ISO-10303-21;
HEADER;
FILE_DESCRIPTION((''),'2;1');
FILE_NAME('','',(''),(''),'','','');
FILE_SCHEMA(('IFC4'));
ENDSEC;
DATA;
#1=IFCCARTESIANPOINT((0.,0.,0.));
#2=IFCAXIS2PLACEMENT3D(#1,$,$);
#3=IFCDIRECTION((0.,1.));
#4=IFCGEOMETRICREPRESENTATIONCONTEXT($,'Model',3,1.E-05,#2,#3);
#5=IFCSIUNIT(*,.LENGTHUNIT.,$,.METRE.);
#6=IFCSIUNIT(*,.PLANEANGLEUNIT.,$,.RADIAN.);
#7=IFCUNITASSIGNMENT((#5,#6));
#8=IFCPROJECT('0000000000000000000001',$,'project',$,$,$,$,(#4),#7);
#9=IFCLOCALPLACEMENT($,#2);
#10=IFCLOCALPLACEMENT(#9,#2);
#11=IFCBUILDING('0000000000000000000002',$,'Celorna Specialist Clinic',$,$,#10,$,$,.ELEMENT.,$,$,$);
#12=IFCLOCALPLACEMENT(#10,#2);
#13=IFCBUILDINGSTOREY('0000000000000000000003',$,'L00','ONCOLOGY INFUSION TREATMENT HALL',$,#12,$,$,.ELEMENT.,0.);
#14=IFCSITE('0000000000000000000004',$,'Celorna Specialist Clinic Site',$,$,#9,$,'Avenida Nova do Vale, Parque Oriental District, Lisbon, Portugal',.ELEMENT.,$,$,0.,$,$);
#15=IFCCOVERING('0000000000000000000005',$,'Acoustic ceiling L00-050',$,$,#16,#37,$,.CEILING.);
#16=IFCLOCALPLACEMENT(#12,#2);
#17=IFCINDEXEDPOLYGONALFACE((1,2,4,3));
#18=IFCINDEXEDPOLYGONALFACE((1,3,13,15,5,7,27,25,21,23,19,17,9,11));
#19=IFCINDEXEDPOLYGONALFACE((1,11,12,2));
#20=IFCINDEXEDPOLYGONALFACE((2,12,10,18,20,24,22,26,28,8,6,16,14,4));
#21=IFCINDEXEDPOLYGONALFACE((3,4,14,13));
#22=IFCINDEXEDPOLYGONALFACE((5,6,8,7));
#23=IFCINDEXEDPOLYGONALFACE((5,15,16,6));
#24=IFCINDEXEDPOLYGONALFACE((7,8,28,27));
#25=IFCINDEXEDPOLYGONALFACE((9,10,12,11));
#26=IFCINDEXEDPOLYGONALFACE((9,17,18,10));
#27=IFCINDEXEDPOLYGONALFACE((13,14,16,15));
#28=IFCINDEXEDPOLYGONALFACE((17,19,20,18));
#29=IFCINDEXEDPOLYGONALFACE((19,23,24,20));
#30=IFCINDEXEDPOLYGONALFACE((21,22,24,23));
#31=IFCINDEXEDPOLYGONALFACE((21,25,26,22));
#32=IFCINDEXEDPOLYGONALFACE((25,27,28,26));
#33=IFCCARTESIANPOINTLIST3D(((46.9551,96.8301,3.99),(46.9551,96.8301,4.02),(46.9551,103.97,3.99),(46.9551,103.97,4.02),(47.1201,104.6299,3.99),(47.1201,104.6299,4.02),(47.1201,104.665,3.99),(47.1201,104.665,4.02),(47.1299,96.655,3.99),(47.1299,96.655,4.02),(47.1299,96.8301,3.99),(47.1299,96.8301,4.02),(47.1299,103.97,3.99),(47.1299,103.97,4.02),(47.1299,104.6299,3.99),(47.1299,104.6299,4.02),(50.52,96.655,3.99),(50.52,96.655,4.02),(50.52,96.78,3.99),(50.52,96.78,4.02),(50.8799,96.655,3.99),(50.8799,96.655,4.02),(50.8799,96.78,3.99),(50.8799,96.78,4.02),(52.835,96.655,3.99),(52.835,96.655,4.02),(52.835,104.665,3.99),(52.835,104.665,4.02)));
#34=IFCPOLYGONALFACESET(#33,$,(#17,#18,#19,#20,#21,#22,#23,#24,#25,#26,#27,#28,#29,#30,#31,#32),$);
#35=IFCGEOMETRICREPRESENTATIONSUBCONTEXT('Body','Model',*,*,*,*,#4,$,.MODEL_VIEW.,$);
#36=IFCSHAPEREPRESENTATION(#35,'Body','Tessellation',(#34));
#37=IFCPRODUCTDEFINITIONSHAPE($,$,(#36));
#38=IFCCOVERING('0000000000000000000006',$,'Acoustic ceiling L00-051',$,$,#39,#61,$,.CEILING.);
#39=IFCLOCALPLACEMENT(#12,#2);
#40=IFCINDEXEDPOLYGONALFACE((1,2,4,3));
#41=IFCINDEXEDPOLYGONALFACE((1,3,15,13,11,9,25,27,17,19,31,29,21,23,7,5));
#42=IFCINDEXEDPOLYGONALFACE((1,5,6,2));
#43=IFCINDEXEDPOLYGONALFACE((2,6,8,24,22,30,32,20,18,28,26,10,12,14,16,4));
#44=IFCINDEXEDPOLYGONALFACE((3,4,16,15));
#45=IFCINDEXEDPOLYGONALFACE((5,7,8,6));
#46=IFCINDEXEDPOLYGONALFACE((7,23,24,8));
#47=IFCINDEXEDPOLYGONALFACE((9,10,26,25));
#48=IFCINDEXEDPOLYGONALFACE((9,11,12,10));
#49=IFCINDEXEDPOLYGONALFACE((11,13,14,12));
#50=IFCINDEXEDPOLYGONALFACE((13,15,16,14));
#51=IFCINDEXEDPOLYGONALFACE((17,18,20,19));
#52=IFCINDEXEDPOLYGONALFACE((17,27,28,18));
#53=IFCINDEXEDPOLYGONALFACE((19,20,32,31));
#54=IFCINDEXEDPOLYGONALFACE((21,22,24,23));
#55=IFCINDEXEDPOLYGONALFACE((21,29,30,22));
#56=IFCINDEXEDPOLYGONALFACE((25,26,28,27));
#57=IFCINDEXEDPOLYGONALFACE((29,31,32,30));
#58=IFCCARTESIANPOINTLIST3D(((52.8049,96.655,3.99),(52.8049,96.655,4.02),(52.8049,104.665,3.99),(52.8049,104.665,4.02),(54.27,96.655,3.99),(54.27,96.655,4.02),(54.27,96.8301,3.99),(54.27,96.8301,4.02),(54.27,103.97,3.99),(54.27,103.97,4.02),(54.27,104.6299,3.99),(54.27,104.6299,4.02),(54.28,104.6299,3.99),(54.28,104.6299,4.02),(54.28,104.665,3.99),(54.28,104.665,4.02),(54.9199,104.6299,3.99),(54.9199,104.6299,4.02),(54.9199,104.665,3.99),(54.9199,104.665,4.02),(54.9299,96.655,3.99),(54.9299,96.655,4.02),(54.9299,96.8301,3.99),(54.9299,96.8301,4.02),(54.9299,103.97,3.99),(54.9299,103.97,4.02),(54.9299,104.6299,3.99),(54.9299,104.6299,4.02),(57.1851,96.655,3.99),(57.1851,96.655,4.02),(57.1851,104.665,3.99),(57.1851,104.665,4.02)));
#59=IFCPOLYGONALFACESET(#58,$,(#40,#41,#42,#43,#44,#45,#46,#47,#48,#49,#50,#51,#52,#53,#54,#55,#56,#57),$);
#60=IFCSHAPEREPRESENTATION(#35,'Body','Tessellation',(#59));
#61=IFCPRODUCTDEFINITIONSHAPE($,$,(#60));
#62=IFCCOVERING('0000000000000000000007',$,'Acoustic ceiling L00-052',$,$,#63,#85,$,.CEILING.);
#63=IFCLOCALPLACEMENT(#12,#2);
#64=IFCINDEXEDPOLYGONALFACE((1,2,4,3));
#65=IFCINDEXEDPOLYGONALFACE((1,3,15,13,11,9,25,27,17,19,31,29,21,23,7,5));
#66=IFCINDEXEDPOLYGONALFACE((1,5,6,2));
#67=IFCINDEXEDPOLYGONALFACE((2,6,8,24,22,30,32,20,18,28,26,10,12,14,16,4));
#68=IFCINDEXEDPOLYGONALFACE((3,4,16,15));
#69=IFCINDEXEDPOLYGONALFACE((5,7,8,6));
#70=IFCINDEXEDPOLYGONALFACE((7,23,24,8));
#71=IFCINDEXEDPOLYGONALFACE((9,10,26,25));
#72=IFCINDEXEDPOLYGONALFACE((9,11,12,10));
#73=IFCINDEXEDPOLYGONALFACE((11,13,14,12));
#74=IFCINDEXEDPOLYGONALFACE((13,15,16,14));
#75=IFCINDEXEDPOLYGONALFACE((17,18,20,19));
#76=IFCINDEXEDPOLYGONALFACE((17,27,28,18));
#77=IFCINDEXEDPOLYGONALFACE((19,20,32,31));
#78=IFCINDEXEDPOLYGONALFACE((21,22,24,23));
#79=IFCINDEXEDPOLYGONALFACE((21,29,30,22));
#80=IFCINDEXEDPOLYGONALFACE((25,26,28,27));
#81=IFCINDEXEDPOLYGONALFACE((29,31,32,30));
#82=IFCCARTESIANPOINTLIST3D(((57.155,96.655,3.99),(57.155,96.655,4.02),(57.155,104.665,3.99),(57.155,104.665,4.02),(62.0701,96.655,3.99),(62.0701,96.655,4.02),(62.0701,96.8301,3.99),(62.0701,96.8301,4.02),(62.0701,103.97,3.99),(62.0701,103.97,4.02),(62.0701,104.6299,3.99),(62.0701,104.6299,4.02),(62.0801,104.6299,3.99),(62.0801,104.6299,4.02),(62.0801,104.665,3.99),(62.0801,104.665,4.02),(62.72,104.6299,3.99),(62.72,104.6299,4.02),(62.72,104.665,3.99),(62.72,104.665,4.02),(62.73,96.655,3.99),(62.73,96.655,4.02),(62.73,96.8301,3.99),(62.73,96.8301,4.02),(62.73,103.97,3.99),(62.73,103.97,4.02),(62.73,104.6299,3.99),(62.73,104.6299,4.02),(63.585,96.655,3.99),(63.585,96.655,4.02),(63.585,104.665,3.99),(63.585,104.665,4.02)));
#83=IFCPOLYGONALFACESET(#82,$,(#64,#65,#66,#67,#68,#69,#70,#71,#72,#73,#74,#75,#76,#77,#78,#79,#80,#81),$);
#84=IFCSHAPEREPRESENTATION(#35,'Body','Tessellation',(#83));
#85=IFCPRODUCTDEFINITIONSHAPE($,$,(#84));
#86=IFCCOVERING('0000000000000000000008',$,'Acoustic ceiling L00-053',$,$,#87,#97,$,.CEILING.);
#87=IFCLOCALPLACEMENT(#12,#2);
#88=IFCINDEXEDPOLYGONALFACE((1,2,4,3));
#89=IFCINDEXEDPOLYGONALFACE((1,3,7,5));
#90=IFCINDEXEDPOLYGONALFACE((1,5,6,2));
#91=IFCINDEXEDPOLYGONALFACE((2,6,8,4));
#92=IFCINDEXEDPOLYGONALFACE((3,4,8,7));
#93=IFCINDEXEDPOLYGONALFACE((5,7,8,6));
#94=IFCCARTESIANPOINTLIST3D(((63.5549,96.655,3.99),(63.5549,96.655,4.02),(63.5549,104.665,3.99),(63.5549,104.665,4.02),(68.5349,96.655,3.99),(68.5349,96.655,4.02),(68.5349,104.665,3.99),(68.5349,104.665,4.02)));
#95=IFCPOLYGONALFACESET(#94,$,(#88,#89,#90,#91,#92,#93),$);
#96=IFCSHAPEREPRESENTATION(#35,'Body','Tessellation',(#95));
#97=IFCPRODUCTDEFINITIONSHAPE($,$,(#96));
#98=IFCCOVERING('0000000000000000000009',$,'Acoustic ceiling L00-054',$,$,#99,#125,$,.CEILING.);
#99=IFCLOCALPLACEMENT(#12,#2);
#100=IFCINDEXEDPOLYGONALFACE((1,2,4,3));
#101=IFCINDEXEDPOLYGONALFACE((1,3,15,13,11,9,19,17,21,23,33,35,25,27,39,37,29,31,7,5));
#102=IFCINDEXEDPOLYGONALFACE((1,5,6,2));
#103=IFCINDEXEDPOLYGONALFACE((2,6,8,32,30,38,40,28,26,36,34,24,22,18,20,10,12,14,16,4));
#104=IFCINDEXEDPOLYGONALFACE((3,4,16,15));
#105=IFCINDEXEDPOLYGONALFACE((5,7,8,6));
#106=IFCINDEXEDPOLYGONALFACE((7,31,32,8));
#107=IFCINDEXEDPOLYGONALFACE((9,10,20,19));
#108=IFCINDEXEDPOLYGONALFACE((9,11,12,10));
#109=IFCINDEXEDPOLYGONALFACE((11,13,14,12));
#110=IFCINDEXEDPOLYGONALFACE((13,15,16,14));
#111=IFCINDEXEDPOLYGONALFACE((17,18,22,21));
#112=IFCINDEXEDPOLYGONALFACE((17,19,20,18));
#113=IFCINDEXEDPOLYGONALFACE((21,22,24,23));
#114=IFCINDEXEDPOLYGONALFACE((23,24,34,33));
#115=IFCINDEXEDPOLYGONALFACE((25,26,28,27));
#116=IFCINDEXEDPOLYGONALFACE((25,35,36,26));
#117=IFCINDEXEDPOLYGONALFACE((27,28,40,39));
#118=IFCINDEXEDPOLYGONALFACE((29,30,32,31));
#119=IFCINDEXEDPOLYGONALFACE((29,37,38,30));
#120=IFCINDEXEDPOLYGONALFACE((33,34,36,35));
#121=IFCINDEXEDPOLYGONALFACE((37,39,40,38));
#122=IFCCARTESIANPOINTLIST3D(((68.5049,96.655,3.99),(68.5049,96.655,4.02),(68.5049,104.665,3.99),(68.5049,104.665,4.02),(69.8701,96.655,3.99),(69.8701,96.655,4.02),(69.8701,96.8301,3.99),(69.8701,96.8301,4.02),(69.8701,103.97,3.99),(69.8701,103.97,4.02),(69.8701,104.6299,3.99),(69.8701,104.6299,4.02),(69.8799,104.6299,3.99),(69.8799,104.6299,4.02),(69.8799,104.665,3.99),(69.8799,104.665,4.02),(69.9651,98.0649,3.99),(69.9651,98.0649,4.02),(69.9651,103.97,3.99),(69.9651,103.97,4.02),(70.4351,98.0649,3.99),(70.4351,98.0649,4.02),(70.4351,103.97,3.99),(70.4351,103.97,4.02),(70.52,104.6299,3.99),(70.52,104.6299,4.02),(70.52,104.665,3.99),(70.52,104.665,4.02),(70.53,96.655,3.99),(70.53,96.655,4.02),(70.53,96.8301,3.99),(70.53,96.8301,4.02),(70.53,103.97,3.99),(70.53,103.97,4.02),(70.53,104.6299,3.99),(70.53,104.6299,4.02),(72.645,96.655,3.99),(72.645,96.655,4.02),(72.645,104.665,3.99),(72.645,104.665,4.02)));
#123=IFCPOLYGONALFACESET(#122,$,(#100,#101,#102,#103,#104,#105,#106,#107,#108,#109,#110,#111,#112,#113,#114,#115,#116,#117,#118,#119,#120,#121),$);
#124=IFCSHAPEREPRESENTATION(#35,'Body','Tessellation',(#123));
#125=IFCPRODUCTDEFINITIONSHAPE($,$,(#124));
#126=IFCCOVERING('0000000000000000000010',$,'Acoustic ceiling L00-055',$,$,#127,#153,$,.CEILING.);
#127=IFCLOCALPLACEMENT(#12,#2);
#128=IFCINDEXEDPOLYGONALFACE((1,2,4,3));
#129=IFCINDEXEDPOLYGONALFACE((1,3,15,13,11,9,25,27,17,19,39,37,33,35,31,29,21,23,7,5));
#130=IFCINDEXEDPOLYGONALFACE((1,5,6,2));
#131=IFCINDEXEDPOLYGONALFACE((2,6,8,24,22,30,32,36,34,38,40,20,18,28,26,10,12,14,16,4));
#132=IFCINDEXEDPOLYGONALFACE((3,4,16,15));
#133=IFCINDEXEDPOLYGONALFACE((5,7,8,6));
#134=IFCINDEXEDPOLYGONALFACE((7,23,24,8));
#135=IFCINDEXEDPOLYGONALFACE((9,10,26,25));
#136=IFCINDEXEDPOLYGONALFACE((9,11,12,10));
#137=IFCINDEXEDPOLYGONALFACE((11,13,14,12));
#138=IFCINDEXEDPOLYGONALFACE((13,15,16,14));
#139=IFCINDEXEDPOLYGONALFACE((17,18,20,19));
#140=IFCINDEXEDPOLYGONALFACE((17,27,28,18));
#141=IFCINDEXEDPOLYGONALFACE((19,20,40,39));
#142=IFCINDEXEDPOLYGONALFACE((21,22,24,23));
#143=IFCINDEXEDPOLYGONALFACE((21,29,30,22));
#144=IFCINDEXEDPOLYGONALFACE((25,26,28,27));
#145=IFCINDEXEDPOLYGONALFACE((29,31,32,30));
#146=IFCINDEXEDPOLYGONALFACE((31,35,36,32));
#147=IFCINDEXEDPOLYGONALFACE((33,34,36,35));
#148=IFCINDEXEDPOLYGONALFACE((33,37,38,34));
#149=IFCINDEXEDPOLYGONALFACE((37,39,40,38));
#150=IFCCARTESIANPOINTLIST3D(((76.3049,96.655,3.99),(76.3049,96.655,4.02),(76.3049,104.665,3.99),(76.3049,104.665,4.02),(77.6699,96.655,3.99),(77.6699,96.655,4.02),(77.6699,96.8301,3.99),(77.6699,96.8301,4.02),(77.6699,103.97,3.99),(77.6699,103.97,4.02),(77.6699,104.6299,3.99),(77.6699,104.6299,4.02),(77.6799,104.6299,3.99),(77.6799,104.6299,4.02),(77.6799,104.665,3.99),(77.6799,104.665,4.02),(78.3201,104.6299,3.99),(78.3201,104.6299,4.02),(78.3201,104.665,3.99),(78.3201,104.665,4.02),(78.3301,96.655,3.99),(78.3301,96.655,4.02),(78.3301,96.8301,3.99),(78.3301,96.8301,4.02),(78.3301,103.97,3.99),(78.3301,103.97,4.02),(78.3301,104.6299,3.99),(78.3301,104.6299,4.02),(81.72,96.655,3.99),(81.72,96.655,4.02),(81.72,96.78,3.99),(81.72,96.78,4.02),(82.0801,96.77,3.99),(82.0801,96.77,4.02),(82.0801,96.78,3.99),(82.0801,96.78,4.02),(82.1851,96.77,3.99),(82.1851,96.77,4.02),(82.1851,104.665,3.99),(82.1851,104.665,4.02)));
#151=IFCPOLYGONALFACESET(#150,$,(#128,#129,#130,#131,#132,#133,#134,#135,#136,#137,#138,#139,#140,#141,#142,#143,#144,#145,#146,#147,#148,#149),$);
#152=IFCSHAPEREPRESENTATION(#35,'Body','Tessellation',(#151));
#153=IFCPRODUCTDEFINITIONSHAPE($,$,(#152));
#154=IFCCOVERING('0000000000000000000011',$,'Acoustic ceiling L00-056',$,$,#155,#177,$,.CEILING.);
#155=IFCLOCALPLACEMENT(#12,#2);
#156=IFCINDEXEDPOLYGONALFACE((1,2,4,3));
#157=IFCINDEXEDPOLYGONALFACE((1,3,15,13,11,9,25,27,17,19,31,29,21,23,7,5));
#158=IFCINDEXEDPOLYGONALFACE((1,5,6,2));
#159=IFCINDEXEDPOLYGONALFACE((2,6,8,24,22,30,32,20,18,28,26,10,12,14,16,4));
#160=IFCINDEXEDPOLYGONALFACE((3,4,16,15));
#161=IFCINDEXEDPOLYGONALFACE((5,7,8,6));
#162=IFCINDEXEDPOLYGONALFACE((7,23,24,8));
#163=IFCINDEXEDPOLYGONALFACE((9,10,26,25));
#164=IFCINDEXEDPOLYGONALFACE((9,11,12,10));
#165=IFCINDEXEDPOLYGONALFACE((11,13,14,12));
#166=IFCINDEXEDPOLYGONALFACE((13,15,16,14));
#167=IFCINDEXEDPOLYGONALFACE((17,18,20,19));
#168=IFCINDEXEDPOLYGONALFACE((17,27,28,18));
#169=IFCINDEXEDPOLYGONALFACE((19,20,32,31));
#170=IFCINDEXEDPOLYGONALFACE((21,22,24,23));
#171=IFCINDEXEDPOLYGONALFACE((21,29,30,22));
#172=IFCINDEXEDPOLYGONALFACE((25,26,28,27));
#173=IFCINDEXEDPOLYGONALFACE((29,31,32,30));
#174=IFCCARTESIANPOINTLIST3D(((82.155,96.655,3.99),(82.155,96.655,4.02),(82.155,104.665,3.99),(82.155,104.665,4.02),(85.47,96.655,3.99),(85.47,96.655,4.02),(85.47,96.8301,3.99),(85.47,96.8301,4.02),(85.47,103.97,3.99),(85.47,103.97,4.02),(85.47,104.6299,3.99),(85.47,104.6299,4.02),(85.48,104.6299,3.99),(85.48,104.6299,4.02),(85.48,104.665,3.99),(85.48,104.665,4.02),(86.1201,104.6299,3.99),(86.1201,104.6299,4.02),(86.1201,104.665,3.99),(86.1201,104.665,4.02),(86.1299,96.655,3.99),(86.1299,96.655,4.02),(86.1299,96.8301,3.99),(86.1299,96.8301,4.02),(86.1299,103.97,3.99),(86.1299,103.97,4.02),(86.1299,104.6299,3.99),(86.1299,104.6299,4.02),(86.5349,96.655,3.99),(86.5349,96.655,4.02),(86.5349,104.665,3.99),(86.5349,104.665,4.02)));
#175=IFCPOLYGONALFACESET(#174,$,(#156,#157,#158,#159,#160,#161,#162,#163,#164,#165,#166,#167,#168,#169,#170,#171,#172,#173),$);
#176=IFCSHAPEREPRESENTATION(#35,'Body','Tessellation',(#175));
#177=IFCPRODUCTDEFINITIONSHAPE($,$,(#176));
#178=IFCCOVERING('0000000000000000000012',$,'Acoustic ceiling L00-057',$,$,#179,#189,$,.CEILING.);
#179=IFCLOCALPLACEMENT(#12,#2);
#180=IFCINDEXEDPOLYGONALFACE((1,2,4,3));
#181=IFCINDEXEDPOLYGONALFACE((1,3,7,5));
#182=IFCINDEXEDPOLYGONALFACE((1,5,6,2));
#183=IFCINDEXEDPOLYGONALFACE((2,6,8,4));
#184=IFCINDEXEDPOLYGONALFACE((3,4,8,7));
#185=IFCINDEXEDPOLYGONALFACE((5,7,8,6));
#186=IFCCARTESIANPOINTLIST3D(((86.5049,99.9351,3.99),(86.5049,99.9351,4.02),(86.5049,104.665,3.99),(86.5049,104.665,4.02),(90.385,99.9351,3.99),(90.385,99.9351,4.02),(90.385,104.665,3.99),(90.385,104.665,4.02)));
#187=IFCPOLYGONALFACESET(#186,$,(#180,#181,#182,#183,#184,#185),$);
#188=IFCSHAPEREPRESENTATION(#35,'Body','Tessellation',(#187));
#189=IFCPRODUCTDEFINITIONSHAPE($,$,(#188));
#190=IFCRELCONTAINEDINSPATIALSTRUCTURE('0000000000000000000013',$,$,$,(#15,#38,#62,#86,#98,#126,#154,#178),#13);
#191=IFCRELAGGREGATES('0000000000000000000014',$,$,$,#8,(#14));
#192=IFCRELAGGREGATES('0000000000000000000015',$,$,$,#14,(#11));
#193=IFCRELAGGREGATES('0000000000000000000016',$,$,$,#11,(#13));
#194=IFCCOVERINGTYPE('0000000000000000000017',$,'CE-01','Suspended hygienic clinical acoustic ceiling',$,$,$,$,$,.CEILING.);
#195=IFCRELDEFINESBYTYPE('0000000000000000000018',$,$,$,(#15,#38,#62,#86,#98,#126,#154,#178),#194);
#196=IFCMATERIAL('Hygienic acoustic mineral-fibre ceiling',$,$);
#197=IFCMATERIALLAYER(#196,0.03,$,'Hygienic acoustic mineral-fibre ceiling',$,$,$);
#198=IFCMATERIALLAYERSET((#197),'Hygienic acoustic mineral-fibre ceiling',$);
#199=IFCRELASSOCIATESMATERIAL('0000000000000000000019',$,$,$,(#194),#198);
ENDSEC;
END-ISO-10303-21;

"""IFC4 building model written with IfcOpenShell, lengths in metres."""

from ifc_helpers import new_model, si_unit, direction, frame, origin, place, context, subcontext, project, spatial, polyline, outline, extrude, material, layer, layer_set, type_object, element, save


model = new_model("IFC4")

# Units and contexts
model_context = context("Model", 3, precision=1e-05, world=origin(), true_north=direction((0.0, 1.0)))
body_context = subcontext(model_context, "Body", "Model", "MODEL_VIEW")
ifc_project = project(units=[si_unit("LENGTHUNIT", "METRE"), si_unit("PLANEANGLEUNIT", "RADIAN")], contexts=[model_context])

# Site, building, storey
site_placement = place(None, origin())
site = spatial("IfcSite", under=ifc_project, at=site_placement, Name="Celorna Specialist Clinic Site", LongName="Avenida Nova do Vale, Parque Oriental District, Lisbon, Portugal", CompositionType="ELEMENT", RefElevation=0.0)
building_placement = place(site_placement, origin())
building = spatial("IfcBuilding", under=site, at=building_placement, Name="Celorna Specialist Clinic", CompositionType="ELEMENT")
storey_placement = place(building_placement, origin())
storey = spatial("IfcBuildingStorey", under=building, at=storey_placement, Name="L00", Description="ONCOLOGY INFUSION TREATMENT HALL", CompositionType="ELEMENT", Elevation=0.0)

# Coverings
ifc_material_1 = material(Name="Hygienic acoustic mineral-fibre ceiling")
ifc_layer_1 = layer(ifc_material_1, 0.03, Name="Hygienic acoustic mineral-fibre ceiling")
ifc_layer_set_1 = layer_set([ifc_layer_1], Name="Hygienic acoustic mineral-fibre ceiling")
covering_type_1 = type_object("IfcCoveringType", Name="CE-01", Description="Suspended hygienic clinical acoustic ceiling", PredefinedType="CEILING", material=ifc_layer_set_1)
covering_1_placement = place(storey_placement, frame((0.0, 0.0, 3.99)))
element("IfcCovering", 1, at=covering_1_placement, inside=storey, type_object=covering_type_1, Name="Acoustic ceiling L00-050", PredefinedType="CEILING", context=body_context, shape_type="SweptSolid", body=[
    extrude(outline(polyline([(52.835, 104.665), (52.835, 96.655), (50.8799, 96.655), (50.8799, 96.78), (50.52, 96.78), (50.52, 96.655), (47.1299, 96.655), (47.1299, 96.8301), (46.9551, 96.8301), (46.9551, 103.97), (47.1299, 103.97), (47.1299, 104.6299), (47.1201, 104.6299), (47.1201, 104.665), (52.835, 104.665)])), origin(), (0.0, 0.0, 1.0), 0.03),
])
covering_2_placement = place(storey_placement, frame((0.0, 0.0, 3.99)))
element("IfcCovering", 2, at=covering_2_placement, inside=storey, type_object=covering_type_1, Name="Acoustic ceiling L00-051", PredefinedType="CEILING", context=body_context, shape_type="SweptSolid", body=[
    extrude(outline(polyline([(54.28, 104.665), (54.28, 104.6299), (54.27, 104.6299), (54.27, 103.97), (54.9299, 103.97), (54.9299, 104.6299), (54.9199, 104.6299), (54.9199, 104.665), (57.1851, 104.665), (57.1851, 96.655), (54.9299, 96.655), (54.9299, 96.8301), (54.27, 96.8301), (54.27, 96.655), (52.8049, 96.655), (52.8049, 104.665), (54.28, 104.665)])), origin(), (0.0, 0.0, 1.0), 0.03),
])
covering_3_placement = place(storey_placement, frame((0.0, 0.0, 3.99)))
element("IfcCovering", 3, at=covering_3_placement, inside=storey, type_object=covering_type_1, Name="Acoustic ceiling L00-052", PredefinedType="CEILING", context=body_context, shape_type="SweptSolid", body=[
    extrude(outline(polyline([(62.0801, 104.665), (62.0801, 104.6299), (62.0701, 104.6299), (62.0701, 103.97), (62.73, 103.97), (62.73, 104.6299), (62.72, 104.6299), (62.72, 104.665), (63.585, 104.665), (63.585, 96.655), (62.73, 96.655), (62.73, 96.8301), (62.0701, 96.8301), (62.0701, 96.655), (57.155, 96.655), (57.155, 104.665), (62.0801, 104.665)])), origin(), (0.0, 0.0, 1.0), 0.03),
])
covering_4_placement = place(storey_placement, frame((0.0, 0.0, 3.99)))
element("IfcCovering", 4, at=covering_4_placement, inside=storey, type_object=covering_type_1, Name="Acoustic ceiling L00-053", PredefinedType="CEILING", context=body_context, shape_type="SweptSolid", body=[
    extrude(outline(polyline([(68.5349, 104.665), (68.5349, 96.655), (63.5549, 96.655), (63.5549, 104.665), (68.5349, 104.665)])), origin(), (0.0, 0.0, 1.0), 0.03),
])
covering_5_placement = place(storey_placement, frame((0.0, 0.0, 3.99)))
element("IfcCovering", 5, at=covering_5_placement, inside=storey, type_object=covering_type_1, Name="Acoustic ceiling L00-054", PredefinedType="CEILING", context=body_context, shape_type="SweptSolid", body=[
    extrude(outline(polyline([(69.8799, 104.665), (69.8799, 104.6299), (69.8701, 104.6299), (69.8701, 103.97), (69.9651, 103.97), (69.9651, 98.0649), (70.4351, 98.0649), (70.4351, 103.97), (70.53, 103.97), (70.53, 104.6299), (70.52, 104.6299), (70.52, 104.665), (72.645, 104.665), (72.645, 96.655), (70.53, 96.655), (70.53, 96.8301), (69.8701, 96.8301), (69.8701, 96.655), (68.5049, 96.655), (68.5049, 104.665), (69.8799, 104.665)])), origin(), (0.0, 0.0, 1.0), 0.03),
])
covering_6_placement = place(storey_placement, frame((0.0, 0.0, 3.99)))
element("IfcCovering", 6, at=covering_6_placement, inside=storey, type_object=covering_type_1, Name="Acoustic ceiling L00-055", PredefinedType="CEILING", context=body_context, shape_type="SweptSolid", body=[
    extrude(outline(polyline([(77.6799, 104.665), (77.6799, 104.6299), (77.6699, 104.6299), (77.6699, 103.97), (78.3301, 103.97), (78.3301, 104.6299), (78.3201, 104.6299), (78.3201, 104.665), (82.1851, 104.665), (82.1851, 96.77), (82.0801, 96.77), (82.0801, 96.78), (81.72, 96.78), (81.72, 96.655), (78.3301, 96.655), (78.3301, 96.8301), (77.6699, 96.8301), (77.6699, 96.655), (76.3049, 96.655), (76.3049, 104.665), (77.6799, 104.665)])), origin(), (0.0, 0.0, 1.0), 0.03),
])
covering_7_placement = place(storey_placement, frame((0.0, 0.0, 3.99)))
element("IfcCovering", 7, at=covering_7_placement, inside=storey, type_object=covering_type_1, Name="Acoustic ceiling L00-056", PredefinedType="CEILING", context=body_context, shape_type="SweptSolid", body=[
    extrude(outline(polyline([(85.48, 104.665), (85.48, 104.6299), (85.47, 104.6299), (85.47, 103.97), (86.1299, 103.97), (86.1299, 104.6299), (86.1201, 104.6299), (86.1201, 104.665), (86.5349, 104.665), (86.5349, 96.655), (86.1299, 96.655), (86.1299, 96.8301), (85.47, 96.8301), (85.47, 96.655), (82.155, 96.655), (82.155, 104.665), (85.48, 104.665)])), origin(), (0.0, 0.0, 1.0), 0.03),
])
covering_8_placement = place(storey_placement, frame((0.0, 0.0, 3.99)))
element("IfcCovering", 8, at=covering_8_placement, inside=storey, type_object=covering_type_1, Name="Acoustic ceiling L00-057", PredefinedType="CEILING", context=body_context, shape_type="SweptSolid", body=[
    extrude(outline(polyline([(90.385, 104.665), (90.385, 99.9351), (86.5049, 99.9351), (86.5049, 104.665), (90.385, 104.665)])), origin(), (0.0, 0.0, 1.0), 0.03),
])

save(model, "model.ifc")
